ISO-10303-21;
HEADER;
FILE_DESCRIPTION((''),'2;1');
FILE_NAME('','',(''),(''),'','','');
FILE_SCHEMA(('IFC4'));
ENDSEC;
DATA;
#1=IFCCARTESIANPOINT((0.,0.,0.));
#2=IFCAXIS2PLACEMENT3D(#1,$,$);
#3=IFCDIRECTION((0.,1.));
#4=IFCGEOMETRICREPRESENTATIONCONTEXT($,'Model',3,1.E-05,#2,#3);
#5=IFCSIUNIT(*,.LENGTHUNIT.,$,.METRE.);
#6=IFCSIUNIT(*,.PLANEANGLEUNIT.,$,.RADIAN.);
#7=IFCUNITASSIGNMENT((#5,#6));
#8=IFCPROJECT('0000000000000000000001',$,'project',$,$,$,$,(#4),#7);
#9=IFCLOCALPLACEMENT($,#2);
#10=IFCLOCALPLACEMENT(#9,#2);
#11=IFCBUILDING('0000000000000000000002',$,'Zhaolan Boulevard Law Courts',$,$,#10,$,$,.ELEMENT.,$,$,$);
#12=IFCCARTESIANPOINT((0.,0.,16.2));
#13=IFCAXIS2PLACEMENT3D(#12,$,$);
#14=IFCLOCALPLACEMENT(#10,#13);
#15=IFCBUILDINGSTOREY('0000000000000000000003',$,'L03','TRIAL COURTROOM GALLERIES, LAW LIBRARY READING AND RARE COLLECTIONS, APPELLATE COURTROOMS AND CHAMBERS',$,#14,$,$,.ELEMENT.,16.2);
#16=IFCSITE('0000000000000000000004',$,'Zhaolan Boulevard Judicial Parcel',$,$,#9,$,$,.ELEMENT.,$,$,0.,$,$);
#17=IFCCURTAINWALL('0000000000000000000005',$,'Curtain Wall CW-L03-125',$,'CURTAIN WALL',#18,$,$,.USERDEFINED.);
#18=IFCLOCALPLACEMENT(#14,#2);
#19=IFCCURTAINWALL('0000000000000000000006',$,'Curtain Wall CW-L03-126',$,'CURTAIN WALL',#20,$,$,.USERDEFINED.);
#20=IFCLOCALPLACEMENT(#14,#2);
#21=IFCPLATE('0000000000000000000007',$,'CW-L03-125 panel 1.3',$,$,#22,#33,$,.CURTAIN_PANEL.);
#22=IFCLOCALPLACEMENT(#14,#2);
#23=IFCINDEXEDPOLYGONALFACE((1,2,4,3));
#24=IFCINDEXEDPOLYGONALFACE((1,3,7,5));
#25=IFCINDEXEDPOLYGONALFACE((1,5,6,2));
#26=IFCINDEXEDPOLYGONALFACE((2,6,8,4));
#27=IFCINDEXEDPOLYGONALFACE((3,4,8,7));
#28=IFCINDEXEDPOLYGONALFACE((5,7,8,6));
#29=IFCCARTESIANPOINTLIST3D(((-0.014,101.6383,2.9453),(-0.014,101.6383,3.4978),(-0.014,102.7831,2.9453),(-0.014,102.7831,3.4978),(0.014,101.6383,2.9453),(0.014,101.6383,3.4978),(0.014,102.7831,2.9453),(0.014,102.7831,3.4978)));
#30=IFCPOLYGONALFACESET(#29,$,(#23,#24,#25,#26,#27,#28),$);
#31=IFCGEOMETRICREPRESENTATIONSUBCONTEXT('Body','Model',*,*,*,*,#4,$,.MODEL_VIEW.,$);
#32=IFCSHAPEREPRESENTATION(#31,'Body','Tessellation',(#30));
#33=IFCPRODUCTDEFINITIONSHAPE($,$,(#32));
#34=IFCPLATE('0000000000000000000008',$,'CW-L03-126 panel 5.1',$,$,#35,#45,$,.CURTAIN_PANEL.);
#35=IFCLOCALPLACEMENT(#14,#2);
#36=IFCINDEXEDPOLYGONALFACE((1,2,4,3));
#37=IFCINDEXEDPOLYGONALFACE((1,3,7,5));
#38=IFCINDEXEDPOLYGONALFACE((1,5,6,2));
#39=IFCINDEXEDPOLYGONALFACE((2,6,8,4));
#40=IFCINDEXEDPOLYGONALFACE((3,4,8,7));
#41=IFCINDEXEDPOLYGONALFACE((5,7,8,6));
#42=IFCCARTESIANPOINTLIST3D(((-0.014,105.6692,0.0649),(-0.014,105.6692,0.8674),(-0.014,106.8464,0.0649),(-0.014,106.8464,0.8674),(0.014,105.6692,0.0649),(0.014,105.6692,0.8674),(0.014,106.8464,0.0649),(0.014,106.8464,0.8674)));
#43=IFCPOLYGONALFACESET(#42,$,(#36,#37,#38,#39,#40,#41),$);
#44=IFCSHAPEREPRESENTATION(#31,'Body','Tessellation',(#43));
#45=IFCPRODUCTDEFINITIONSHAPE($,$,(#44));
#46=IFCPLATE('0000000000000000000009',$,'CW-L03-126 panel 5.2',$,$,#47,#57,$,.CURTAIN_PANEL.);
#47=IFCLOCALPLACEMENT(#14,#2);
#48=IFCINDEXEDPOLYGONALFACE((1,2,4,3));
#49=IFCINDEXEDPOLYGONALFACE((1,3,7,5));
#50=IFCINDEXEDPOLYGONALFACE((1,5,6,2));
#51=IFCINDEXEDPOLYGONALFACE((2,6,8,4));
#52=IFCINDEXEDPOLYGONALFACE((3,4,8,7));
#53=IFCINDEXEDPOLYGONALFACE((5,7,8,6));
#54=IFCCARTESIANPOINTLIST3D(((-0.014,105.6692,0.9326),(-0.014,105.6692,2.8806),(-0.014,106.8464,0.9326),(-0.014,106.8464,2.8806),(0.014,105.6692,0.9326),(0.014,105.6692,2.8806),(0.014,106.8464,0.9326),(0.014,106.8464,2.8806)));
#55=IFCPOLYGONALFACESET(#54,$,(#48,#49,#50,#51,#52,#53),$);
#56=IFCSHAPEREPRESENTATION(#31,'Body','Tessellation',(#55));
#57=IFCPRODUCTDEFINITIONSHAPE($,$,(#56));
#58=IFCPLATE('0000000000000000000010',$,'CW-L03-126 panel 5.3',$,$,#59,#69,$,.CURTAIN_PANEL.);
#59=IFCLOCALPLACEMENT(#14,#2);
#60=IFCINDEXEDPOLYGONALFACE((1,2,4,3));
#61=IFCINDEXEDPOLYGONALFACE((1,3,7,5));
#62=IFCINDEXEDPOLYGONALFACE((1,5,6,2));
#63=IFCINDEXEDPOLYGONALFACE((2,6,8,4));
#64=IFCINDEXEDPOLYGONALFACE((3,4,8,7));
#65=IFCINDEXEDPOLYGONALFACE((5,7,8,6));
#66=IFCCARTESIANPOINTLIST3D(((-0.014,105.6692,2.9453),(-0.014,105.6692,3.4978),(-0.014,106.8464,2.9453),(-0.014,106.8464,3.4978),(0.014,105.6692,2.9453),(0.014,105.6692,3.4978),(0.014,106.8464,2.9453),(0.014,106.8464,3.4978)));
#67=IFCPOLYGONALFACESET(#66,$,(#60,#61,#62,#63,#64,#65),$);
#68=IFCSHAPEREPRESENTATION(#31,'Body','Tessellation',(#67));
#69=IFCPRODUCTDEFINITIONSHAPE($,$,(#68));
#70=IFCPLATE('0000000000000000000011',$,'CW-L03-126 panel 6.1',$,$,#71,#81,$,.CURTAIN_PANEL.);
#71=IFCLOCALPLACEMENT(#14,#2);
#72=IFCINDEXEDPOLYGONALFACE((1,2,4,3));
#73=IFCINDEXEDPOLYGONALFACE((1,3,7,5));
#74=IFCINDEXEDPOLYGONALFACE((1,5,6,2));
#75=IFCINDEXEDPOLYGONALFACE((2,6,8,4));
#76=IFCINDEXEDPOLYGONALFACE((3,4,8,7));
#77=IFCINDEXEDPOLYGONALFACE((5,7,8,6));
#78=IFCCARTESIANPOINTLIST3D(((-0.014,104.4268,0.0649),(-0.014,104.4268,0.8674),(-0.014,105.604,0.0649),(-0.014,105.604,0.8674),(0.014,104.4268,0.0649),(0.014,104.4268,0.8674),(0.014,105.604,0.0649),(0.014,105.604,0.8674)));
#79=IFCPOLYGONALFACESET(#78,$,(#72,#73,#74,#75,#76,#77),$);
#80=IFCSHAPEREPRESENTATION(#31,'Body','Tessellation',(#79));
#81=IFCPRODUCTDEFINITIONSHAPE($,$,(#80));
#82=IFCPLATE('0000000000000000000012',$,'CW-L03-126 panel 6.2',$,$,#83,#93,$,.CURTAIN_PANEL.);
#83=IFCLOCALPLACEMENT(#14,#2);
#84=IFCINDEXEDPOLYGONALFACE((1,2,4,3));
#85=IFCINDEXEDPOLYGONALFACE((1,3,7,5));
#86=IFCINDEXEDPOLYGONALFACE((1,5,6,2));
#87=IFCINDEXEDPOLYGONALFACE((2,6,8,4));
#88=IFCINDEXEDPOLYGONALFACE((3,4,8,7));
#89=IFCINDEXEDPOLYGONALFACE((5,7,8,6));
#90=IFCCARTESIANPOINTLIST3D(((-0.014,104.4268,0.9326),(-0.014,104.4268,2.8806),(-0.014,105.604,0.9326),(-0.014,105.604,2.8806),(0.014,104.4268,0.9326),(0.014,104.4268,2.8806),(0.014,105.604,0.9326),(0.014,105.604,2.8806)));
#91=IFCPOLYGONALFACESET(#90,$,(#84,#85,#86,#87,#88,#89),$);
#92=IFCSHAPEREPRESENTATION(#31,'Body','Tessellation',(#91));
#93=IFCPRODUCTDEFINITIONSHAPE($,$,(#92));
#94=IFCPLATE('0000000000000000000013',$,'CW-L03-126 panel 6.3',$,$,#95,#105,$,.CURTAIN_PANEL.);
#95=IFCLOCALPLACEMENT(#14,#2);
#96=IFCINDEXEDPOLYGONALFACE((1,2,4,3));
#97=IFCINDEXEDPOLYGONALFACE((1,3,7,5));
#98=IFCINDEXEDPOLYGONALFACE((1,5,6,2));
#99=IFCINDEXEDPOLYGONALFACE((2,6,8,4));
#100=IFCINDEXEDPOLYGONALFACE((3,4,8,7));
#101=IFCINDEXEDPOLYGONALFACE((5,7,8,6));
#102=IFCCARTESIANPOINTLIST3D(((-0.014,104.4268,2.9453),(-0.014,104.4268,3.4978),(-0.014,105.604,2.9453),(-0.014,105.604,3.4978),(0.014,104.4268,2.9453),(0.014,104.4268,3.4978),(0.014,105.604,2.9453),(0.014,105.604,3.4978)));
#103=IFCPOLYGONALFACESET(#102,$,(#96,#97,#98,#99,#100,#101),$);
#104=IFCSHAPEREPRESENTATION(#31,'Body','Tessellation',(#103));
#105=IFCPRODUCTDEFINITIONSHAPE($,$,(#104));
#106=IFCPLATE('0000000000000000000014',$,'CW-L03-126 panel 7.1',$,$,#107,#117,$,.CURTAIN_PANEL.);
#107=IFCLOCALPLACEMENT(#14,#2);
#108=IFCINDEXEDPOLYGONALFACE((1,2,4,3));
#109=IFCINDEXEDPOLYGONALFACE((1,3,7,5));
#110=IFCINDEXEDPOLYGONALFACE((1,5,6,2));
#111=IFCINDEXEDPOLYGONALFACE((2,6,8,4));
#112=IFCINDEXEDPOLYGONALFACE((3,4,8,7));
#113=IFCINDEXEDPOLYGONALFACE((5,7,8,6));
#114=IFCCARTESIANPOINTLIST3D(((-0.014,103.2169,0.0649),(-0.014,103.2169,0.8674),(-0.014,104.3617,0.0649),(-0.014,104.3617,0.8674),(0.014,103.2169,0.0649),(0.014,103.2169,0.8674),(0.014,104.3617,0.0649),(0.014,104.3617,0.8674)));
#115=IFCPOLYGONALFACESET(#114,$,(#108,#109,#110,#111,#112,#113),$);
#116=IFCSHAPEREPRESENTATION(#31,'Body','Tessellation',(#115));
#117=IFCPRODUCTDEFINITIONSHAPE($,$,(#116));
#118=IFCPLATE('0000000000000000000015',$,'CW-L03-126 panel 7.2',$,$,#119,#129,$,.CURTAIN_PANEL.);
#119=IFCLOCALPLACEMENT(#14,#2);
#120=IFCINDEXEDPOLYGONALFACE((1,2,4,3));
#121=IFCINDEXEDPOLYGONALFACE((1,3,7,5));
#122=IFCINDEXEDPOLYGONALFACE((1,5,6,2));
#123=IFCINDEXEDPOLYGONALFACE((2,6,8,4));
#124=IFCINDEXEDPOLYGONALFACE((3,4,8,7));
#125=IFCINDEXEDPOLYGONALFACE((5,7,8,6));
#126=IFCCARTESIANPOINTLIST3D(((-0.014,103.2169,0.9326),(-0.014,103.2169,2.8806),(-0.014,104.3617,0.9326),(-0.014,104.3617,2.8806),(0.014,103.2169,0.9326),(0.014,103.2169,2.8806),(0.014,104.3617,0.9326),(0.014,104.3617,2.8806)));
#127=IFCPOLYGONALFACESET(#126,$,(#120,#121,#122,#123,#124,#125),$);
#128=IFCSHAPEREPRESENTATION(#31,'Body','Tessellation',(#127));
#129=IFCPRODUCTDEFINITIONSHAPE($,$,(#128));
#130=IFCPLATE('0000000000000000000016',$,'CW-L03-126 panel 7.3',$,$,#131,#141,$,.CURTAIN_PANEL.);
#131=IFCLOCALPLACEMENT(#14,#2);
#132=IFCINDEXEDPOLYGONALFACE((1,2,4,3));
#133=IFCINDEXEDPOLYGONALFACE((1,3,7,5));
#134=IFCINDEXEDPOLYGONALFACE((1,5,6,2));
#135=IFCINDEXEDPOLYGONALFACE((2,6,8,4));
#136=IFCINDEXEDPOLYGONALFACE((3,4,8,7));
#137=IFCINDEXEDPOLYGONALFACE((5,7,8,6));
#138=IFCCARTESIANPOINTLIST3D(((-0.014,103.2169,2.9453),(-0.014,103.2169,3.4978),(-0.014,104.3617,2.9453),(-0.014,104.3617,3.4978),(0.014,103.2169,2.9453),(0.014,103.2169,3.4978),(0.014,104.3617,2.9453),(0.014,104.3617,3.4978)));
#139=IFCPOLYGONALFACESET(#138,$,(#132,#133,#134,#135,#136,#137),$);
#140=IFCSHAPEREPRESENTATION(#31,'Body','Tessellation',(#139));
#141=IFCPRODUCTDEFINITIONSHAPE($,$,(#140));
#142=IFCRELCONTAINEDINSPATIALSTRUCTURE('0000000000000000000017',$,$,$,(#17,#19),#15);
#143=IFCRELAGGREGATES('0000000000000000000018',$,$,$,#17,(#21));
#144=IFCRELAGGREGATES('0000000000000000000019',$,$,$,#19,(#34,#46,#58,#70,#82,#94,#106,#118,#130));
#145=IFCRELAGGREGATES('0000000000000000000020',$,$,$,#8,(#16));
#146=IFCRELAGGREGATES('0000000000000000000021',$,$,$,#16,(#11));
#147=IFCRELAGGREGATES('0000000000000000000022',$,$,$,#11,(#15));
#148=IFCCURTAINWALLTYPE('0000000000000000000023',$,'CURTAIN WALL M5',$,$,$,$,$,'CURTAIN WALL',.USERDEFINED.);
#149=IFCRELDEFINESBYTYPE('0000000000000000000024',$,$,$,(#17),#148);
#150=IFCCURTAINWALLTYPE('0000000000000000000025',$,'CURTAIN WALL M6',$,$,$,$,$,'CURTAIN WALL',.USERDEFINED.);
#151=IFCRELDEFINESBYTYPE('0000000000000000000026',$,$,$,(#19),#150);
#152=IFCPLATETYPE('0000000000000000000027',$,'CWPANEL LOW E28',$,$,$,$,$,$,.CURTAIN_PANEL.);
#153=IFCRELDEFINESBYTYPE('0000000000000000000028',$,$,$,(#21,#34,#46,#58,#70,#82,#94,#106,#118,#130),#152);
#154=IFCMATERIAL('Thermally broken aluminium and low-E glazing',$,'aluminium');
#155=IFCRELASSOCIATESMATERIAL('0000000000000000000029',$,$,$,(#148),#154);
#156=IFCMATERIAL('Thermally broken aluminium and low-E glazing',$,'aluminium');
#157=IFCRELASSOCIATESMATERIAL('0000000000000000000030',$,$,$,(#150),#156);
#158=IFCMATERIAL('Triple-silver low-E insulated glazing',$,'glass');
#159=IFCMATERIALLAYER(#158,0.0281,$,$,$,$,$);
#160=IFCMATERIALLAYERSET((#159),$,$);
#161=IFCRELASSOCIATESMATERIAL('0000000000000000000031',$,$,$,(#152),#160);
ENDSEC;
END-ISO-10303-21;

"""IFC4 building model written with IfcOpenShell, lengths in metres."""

from ifc_helpers import new_model, si_unit, direction, frame, origin, origin_2d, place, context, subcontext, project, spatial, rectangle, extrude, material, layer, layer_set, type_object, element, aggregate, save


model = new_model("IFC4")

# Units and contexts
model_context = context("Model", 3, precision=1e-05, world=origin(), true_north=direction((0.0, 1.0)))
body_context = subcontext(model_context, "Body", "Model", "MODEL_VIEW")
ifc_project = project(units=[si_unit("LENGTHUNIT", "METRE"), si_unit("PLANEANGLEUNIT", "RADIAN")], contexts=[model_context])

# Site, building, storey
site_placement = place(None, origin())
site = spatial("IfcSite", under=ifc_project, at=site_placement, Name="Zhaolan Boulevard Judicial Parcel", CompositionType="ELEMENT", RefElevation=0.0)
building_placement = place(site_placement, origin())
building = spatial("IfcBuilding", under=site, at=building_placement, Name="Zhaolan Boulevard Law Courts", CompositionType="ELEMENT")
storey_placement = place(building_placement, frame((0.0, 0.0, 16.2)))
storey = spatial("IfcBuildingStorey", under=building, at=storey_placement, Name="L03", Description="TRIAL COURTROOM GALLERIES, LAW LIBRARY READING AND RARE COLLECTIONS, APPELLATE COURTROOMS AND CHAMBERS", CompositionType="ELEMENT", Elevation=16.2)

# Curtain wall
ifc_material_1 = material(Name="Thermally broken aluminium and low-E glazing", Category="aluminium")
curtain_wall_type_1 = type_object("IfcCurtainWallType", Name="CURTAIN WALL M5", ElementType="CURTAIN WALL", PredefinedType="USERDEFINED", material=ifc_material_1)
curtain_wall_1_placement = place(storey_placement, origin())
curtain_wall_1 = element("IfcCurtainWall", 1, at=curtain_wall_1_placement, inside=storey, type_object=curtain_wall_type_1, Name="Curtain Wall CW-L03-125", ObjectType="CURTAIN WALL", PredefinedType="USERDEFINED")

# Curtain wall
ifc_material_2 = material(Name="Thermally broken aluminium and low-E glazing", Category="aluminium")
curtain_wall_type_2 = type_object("IfcCurtainWallType", Name="CURTAIN WALL M6", ElementType="CURTAIN WALL", PredefinedType="USERDEFINED", material=ifc_material_2)
curtain_wall_2_placement = place(storey_placement, origin())
curtain_wall_2 = element("IfcCurtainWall", 2, at=curtain_wall_2_placement, inside=storey, type_object=curtain_wall_type_2, Name="Curtain Wall CW-L03-126", ObjectType="CURTAIN WALL", PredefinedType="USERDEFINED")

# Plates
ifc_material_3 = material(Name="Triple-silver low-E insulated glazing", Category="glass")
ifc_layer = layer(ifc_material_3, 0.0281)
ifc_layer_set = layer_set([ifc_layer])
plate_type = type_object("IfcPlateType", Name="CWPANEL LOW E28", PredefinedType="CURTAIN_PANEL", material=ifc_layer_set)
plate_1_placement = place(storey_placement, frame((0.0, 102.2107, 2.9453), z_axis=(0.0, 0.0, 1.0), x_axis=(0.0, -1.0, 0.0)))
plate_1 = element("IfcPlate", 3, at=plate_1_placement, type_object=plate_type, Name="CW-L03-125 panel 1.3", PredefinedType="CURTAIN_PANEL", context=body_context, shape_type="SweptSolid", body=[
    extrude(rectangle(XDim=1.1448, YDim=0.0281, at=origin_2d()), origin(), (0.0, 0.0, 1.0), 0.5525),
])
aggregate(curtain_wall_1, [plate_1])
plate_2_placement = place(storey_placement, frame((0.0, 106.2578, 0.0649), z_axis=(0.0, 0.0, 1.0), x_axis=(0.0, -1.0, 0.0)))
plate_2 = element("IfcPlate", 4, at=plate_2_placement, type_object=plate_type, Name="CW-L03-126 panel 5.1", PredefinedType="CURTAIN_PANEL", context=body_context, shape_type="SweptSolid", body=[
    extrude(rectangle(XDim=1.1772, YDim=0.0281, at=origin_2d()), origin(), (0.0, 0.0, 1.0), 0.8025),
])
plate_3_placement = place(storey_placement, frame((0.0, 106.2578, 0.9326), z_axis=(0.0, 0.0, 1.0), x_axis=(0.0, -1.0, 0.0)))
plate_3 = element("IfcPlate", 5, at=plate_3_placement, type_object=plate_type, Name="CW-L03-126 panel 5.2", PredefinedType="CURTAIN_PANEL", context=body_context, shape_type="SweptSolid", body=[
    extrude(rectangle(XDim=1.1772, YDim=0.0281, at=origin_2d()), origin(), (0.0, 0.0, 1.0), 1.948),
])
plate_4_placement = place(storey_placement, frame((0.0, 106.2578, 2.9453), z_axis=(0.0, 0.0, 1.0), x_axis=(0.0, -1.0, 0.0)))
plate_4 = element("IfcPlate", 6, at=plate_4_placement, type_object=plate_type, Name="CW-L03-126 panel 5.3", PredefinedType="CURTAIN_PANEL", context=body_context, shape_type="SweptSolid", body=[
    extrude(rectangle(XDim=1.1772, YDim=0.0281, at=origin_2d()), origin(), (0.0, 0.0, 1.0), 0.5525),
])
plate_5_placement = place(storey_placement, frame((0.0, 105.0154, 0.0649), z_axis=(0.0, 0.0, 1.0), x_axis=(0.0, -1.0, 0.0)))
plate_5 = element("IfcPlate", 7, at=plate_5_placement, type_object=plate_type, Name="CW-L03-126 panel 6.1", PredefinedType="CURTAIN_PANEL", context=body_context, shape_type="SweptSolid", body=[
    extrude(rectangle(XDim=1.1772, YDim=0.0281, at=origin_2d()), origin(), (0.0, 0.0, 1.0), 0.8025),
])
plate_6_placement = place(storey_placement, frame((0.0, 105.0154, 0.9326), z_axis=(0.0, 0.0, 1.0), x_axis=(0.0, -1.0, 0.0)))
plate_6 = element("IfcPlate", 8, at=plate_6_placement, type_object=plate_type, Name="CW-L03-126 panel 6.2", PredefinedType="CURTAIN_PANEL", context=body_context, shape_type="SweptSolid", body=[
    extrude(rectangle(XDim=1.1772, YDim=0.0281, at=origin_2d()), origin(), (0.0, 0.0, 1.0), 1.948),
])
plate_7_placement = place(storey_placement, frame((0.0, 105.0154, 2.9453), z_axis=(0.0, 0.0, 1.0), x_axis=(0.0, -1.0, 0.0)))
plate_7 = element("IfcPlate", 9, at=plate_7_placement, type_object=plate_type, Name="CW-L03-126 panel 6.3", PredefinedType="CURTAIN_PANEL", context=body_context, shape_type="SweptSolid", body=[
    extrude(rectangle(XDim=1.1772, YDim=0.0281, at=origin_2d()), origin(), (0.0, 0.0, 1.0), 0.5525),
])
plate_8_placement = place(storey_placement, frame((0.0, 103.7893, 0.0649), z_axis=(0.0, 0.0, 1.0), x_axis=(0.0, -1.0, 0.0)))
plate_8 = element("IfcPlate", 10, at=plate_8_placement, type_object=plate_type, Name="CW-L03-126 panel 7.1", PredefinedType="CURTAIN_PANEL", context=body_context, shape_type="SweptSolid", body=[
    extrude(rectangle(XDim=1.1448, YDim=0.0281, at=origin_2d()), origin(), (0.0, 0.0, 1.0), 0.8025),
])
plate_9_placement = place(storey_placement, frame((0.0, 103.7893, 0.9326), z_axis=(0.0, 0.0, 1.0), x_axis=(0.0, -1.0, 0.0)))
plate_9 = element("IfcPlate", 11, at=plate_9_placement, type_object=plate_type, Name="CW-L03-126 panel 7.2", PredefinedType="CURTAIN_PANEL", context=body_context, shape_type="SweptSolid", body=[
    extrude(rectangle(XDim=1.1448, YDim=0.0281, at=origin_2d()), origin(), (0.0, 0.0, 1.0), 1.948),
])
plate_10_placement = place(storey_placement, frame((0.0, 103.7893, 2.9453), z_axis=(0.0, 0.0, 1.0), x_axis=(0.0, -1.0, 0.0)))
plate_10 = element("IfcPlate", 12, at=plate_10_placement, type_object=plate_type, Name="CW-L03-126 panel 7.3", PredefinedType="CURTAIN_PANEL", context=body_context, shape_type="SweptSolid", body=[
    extrude(rectangle(XDim=1.1448, YDim=0.0281, at=origin_2d()), origin(), (0.0, 0.0, 1.0), 0.5525),
])
aggregate(curtain_wall_2, [plate_2, plate_3, plate_4, plate_5, plate_6, plate_7, plate_8, plate_9, plate_10])

save(model, "model.ifc")
